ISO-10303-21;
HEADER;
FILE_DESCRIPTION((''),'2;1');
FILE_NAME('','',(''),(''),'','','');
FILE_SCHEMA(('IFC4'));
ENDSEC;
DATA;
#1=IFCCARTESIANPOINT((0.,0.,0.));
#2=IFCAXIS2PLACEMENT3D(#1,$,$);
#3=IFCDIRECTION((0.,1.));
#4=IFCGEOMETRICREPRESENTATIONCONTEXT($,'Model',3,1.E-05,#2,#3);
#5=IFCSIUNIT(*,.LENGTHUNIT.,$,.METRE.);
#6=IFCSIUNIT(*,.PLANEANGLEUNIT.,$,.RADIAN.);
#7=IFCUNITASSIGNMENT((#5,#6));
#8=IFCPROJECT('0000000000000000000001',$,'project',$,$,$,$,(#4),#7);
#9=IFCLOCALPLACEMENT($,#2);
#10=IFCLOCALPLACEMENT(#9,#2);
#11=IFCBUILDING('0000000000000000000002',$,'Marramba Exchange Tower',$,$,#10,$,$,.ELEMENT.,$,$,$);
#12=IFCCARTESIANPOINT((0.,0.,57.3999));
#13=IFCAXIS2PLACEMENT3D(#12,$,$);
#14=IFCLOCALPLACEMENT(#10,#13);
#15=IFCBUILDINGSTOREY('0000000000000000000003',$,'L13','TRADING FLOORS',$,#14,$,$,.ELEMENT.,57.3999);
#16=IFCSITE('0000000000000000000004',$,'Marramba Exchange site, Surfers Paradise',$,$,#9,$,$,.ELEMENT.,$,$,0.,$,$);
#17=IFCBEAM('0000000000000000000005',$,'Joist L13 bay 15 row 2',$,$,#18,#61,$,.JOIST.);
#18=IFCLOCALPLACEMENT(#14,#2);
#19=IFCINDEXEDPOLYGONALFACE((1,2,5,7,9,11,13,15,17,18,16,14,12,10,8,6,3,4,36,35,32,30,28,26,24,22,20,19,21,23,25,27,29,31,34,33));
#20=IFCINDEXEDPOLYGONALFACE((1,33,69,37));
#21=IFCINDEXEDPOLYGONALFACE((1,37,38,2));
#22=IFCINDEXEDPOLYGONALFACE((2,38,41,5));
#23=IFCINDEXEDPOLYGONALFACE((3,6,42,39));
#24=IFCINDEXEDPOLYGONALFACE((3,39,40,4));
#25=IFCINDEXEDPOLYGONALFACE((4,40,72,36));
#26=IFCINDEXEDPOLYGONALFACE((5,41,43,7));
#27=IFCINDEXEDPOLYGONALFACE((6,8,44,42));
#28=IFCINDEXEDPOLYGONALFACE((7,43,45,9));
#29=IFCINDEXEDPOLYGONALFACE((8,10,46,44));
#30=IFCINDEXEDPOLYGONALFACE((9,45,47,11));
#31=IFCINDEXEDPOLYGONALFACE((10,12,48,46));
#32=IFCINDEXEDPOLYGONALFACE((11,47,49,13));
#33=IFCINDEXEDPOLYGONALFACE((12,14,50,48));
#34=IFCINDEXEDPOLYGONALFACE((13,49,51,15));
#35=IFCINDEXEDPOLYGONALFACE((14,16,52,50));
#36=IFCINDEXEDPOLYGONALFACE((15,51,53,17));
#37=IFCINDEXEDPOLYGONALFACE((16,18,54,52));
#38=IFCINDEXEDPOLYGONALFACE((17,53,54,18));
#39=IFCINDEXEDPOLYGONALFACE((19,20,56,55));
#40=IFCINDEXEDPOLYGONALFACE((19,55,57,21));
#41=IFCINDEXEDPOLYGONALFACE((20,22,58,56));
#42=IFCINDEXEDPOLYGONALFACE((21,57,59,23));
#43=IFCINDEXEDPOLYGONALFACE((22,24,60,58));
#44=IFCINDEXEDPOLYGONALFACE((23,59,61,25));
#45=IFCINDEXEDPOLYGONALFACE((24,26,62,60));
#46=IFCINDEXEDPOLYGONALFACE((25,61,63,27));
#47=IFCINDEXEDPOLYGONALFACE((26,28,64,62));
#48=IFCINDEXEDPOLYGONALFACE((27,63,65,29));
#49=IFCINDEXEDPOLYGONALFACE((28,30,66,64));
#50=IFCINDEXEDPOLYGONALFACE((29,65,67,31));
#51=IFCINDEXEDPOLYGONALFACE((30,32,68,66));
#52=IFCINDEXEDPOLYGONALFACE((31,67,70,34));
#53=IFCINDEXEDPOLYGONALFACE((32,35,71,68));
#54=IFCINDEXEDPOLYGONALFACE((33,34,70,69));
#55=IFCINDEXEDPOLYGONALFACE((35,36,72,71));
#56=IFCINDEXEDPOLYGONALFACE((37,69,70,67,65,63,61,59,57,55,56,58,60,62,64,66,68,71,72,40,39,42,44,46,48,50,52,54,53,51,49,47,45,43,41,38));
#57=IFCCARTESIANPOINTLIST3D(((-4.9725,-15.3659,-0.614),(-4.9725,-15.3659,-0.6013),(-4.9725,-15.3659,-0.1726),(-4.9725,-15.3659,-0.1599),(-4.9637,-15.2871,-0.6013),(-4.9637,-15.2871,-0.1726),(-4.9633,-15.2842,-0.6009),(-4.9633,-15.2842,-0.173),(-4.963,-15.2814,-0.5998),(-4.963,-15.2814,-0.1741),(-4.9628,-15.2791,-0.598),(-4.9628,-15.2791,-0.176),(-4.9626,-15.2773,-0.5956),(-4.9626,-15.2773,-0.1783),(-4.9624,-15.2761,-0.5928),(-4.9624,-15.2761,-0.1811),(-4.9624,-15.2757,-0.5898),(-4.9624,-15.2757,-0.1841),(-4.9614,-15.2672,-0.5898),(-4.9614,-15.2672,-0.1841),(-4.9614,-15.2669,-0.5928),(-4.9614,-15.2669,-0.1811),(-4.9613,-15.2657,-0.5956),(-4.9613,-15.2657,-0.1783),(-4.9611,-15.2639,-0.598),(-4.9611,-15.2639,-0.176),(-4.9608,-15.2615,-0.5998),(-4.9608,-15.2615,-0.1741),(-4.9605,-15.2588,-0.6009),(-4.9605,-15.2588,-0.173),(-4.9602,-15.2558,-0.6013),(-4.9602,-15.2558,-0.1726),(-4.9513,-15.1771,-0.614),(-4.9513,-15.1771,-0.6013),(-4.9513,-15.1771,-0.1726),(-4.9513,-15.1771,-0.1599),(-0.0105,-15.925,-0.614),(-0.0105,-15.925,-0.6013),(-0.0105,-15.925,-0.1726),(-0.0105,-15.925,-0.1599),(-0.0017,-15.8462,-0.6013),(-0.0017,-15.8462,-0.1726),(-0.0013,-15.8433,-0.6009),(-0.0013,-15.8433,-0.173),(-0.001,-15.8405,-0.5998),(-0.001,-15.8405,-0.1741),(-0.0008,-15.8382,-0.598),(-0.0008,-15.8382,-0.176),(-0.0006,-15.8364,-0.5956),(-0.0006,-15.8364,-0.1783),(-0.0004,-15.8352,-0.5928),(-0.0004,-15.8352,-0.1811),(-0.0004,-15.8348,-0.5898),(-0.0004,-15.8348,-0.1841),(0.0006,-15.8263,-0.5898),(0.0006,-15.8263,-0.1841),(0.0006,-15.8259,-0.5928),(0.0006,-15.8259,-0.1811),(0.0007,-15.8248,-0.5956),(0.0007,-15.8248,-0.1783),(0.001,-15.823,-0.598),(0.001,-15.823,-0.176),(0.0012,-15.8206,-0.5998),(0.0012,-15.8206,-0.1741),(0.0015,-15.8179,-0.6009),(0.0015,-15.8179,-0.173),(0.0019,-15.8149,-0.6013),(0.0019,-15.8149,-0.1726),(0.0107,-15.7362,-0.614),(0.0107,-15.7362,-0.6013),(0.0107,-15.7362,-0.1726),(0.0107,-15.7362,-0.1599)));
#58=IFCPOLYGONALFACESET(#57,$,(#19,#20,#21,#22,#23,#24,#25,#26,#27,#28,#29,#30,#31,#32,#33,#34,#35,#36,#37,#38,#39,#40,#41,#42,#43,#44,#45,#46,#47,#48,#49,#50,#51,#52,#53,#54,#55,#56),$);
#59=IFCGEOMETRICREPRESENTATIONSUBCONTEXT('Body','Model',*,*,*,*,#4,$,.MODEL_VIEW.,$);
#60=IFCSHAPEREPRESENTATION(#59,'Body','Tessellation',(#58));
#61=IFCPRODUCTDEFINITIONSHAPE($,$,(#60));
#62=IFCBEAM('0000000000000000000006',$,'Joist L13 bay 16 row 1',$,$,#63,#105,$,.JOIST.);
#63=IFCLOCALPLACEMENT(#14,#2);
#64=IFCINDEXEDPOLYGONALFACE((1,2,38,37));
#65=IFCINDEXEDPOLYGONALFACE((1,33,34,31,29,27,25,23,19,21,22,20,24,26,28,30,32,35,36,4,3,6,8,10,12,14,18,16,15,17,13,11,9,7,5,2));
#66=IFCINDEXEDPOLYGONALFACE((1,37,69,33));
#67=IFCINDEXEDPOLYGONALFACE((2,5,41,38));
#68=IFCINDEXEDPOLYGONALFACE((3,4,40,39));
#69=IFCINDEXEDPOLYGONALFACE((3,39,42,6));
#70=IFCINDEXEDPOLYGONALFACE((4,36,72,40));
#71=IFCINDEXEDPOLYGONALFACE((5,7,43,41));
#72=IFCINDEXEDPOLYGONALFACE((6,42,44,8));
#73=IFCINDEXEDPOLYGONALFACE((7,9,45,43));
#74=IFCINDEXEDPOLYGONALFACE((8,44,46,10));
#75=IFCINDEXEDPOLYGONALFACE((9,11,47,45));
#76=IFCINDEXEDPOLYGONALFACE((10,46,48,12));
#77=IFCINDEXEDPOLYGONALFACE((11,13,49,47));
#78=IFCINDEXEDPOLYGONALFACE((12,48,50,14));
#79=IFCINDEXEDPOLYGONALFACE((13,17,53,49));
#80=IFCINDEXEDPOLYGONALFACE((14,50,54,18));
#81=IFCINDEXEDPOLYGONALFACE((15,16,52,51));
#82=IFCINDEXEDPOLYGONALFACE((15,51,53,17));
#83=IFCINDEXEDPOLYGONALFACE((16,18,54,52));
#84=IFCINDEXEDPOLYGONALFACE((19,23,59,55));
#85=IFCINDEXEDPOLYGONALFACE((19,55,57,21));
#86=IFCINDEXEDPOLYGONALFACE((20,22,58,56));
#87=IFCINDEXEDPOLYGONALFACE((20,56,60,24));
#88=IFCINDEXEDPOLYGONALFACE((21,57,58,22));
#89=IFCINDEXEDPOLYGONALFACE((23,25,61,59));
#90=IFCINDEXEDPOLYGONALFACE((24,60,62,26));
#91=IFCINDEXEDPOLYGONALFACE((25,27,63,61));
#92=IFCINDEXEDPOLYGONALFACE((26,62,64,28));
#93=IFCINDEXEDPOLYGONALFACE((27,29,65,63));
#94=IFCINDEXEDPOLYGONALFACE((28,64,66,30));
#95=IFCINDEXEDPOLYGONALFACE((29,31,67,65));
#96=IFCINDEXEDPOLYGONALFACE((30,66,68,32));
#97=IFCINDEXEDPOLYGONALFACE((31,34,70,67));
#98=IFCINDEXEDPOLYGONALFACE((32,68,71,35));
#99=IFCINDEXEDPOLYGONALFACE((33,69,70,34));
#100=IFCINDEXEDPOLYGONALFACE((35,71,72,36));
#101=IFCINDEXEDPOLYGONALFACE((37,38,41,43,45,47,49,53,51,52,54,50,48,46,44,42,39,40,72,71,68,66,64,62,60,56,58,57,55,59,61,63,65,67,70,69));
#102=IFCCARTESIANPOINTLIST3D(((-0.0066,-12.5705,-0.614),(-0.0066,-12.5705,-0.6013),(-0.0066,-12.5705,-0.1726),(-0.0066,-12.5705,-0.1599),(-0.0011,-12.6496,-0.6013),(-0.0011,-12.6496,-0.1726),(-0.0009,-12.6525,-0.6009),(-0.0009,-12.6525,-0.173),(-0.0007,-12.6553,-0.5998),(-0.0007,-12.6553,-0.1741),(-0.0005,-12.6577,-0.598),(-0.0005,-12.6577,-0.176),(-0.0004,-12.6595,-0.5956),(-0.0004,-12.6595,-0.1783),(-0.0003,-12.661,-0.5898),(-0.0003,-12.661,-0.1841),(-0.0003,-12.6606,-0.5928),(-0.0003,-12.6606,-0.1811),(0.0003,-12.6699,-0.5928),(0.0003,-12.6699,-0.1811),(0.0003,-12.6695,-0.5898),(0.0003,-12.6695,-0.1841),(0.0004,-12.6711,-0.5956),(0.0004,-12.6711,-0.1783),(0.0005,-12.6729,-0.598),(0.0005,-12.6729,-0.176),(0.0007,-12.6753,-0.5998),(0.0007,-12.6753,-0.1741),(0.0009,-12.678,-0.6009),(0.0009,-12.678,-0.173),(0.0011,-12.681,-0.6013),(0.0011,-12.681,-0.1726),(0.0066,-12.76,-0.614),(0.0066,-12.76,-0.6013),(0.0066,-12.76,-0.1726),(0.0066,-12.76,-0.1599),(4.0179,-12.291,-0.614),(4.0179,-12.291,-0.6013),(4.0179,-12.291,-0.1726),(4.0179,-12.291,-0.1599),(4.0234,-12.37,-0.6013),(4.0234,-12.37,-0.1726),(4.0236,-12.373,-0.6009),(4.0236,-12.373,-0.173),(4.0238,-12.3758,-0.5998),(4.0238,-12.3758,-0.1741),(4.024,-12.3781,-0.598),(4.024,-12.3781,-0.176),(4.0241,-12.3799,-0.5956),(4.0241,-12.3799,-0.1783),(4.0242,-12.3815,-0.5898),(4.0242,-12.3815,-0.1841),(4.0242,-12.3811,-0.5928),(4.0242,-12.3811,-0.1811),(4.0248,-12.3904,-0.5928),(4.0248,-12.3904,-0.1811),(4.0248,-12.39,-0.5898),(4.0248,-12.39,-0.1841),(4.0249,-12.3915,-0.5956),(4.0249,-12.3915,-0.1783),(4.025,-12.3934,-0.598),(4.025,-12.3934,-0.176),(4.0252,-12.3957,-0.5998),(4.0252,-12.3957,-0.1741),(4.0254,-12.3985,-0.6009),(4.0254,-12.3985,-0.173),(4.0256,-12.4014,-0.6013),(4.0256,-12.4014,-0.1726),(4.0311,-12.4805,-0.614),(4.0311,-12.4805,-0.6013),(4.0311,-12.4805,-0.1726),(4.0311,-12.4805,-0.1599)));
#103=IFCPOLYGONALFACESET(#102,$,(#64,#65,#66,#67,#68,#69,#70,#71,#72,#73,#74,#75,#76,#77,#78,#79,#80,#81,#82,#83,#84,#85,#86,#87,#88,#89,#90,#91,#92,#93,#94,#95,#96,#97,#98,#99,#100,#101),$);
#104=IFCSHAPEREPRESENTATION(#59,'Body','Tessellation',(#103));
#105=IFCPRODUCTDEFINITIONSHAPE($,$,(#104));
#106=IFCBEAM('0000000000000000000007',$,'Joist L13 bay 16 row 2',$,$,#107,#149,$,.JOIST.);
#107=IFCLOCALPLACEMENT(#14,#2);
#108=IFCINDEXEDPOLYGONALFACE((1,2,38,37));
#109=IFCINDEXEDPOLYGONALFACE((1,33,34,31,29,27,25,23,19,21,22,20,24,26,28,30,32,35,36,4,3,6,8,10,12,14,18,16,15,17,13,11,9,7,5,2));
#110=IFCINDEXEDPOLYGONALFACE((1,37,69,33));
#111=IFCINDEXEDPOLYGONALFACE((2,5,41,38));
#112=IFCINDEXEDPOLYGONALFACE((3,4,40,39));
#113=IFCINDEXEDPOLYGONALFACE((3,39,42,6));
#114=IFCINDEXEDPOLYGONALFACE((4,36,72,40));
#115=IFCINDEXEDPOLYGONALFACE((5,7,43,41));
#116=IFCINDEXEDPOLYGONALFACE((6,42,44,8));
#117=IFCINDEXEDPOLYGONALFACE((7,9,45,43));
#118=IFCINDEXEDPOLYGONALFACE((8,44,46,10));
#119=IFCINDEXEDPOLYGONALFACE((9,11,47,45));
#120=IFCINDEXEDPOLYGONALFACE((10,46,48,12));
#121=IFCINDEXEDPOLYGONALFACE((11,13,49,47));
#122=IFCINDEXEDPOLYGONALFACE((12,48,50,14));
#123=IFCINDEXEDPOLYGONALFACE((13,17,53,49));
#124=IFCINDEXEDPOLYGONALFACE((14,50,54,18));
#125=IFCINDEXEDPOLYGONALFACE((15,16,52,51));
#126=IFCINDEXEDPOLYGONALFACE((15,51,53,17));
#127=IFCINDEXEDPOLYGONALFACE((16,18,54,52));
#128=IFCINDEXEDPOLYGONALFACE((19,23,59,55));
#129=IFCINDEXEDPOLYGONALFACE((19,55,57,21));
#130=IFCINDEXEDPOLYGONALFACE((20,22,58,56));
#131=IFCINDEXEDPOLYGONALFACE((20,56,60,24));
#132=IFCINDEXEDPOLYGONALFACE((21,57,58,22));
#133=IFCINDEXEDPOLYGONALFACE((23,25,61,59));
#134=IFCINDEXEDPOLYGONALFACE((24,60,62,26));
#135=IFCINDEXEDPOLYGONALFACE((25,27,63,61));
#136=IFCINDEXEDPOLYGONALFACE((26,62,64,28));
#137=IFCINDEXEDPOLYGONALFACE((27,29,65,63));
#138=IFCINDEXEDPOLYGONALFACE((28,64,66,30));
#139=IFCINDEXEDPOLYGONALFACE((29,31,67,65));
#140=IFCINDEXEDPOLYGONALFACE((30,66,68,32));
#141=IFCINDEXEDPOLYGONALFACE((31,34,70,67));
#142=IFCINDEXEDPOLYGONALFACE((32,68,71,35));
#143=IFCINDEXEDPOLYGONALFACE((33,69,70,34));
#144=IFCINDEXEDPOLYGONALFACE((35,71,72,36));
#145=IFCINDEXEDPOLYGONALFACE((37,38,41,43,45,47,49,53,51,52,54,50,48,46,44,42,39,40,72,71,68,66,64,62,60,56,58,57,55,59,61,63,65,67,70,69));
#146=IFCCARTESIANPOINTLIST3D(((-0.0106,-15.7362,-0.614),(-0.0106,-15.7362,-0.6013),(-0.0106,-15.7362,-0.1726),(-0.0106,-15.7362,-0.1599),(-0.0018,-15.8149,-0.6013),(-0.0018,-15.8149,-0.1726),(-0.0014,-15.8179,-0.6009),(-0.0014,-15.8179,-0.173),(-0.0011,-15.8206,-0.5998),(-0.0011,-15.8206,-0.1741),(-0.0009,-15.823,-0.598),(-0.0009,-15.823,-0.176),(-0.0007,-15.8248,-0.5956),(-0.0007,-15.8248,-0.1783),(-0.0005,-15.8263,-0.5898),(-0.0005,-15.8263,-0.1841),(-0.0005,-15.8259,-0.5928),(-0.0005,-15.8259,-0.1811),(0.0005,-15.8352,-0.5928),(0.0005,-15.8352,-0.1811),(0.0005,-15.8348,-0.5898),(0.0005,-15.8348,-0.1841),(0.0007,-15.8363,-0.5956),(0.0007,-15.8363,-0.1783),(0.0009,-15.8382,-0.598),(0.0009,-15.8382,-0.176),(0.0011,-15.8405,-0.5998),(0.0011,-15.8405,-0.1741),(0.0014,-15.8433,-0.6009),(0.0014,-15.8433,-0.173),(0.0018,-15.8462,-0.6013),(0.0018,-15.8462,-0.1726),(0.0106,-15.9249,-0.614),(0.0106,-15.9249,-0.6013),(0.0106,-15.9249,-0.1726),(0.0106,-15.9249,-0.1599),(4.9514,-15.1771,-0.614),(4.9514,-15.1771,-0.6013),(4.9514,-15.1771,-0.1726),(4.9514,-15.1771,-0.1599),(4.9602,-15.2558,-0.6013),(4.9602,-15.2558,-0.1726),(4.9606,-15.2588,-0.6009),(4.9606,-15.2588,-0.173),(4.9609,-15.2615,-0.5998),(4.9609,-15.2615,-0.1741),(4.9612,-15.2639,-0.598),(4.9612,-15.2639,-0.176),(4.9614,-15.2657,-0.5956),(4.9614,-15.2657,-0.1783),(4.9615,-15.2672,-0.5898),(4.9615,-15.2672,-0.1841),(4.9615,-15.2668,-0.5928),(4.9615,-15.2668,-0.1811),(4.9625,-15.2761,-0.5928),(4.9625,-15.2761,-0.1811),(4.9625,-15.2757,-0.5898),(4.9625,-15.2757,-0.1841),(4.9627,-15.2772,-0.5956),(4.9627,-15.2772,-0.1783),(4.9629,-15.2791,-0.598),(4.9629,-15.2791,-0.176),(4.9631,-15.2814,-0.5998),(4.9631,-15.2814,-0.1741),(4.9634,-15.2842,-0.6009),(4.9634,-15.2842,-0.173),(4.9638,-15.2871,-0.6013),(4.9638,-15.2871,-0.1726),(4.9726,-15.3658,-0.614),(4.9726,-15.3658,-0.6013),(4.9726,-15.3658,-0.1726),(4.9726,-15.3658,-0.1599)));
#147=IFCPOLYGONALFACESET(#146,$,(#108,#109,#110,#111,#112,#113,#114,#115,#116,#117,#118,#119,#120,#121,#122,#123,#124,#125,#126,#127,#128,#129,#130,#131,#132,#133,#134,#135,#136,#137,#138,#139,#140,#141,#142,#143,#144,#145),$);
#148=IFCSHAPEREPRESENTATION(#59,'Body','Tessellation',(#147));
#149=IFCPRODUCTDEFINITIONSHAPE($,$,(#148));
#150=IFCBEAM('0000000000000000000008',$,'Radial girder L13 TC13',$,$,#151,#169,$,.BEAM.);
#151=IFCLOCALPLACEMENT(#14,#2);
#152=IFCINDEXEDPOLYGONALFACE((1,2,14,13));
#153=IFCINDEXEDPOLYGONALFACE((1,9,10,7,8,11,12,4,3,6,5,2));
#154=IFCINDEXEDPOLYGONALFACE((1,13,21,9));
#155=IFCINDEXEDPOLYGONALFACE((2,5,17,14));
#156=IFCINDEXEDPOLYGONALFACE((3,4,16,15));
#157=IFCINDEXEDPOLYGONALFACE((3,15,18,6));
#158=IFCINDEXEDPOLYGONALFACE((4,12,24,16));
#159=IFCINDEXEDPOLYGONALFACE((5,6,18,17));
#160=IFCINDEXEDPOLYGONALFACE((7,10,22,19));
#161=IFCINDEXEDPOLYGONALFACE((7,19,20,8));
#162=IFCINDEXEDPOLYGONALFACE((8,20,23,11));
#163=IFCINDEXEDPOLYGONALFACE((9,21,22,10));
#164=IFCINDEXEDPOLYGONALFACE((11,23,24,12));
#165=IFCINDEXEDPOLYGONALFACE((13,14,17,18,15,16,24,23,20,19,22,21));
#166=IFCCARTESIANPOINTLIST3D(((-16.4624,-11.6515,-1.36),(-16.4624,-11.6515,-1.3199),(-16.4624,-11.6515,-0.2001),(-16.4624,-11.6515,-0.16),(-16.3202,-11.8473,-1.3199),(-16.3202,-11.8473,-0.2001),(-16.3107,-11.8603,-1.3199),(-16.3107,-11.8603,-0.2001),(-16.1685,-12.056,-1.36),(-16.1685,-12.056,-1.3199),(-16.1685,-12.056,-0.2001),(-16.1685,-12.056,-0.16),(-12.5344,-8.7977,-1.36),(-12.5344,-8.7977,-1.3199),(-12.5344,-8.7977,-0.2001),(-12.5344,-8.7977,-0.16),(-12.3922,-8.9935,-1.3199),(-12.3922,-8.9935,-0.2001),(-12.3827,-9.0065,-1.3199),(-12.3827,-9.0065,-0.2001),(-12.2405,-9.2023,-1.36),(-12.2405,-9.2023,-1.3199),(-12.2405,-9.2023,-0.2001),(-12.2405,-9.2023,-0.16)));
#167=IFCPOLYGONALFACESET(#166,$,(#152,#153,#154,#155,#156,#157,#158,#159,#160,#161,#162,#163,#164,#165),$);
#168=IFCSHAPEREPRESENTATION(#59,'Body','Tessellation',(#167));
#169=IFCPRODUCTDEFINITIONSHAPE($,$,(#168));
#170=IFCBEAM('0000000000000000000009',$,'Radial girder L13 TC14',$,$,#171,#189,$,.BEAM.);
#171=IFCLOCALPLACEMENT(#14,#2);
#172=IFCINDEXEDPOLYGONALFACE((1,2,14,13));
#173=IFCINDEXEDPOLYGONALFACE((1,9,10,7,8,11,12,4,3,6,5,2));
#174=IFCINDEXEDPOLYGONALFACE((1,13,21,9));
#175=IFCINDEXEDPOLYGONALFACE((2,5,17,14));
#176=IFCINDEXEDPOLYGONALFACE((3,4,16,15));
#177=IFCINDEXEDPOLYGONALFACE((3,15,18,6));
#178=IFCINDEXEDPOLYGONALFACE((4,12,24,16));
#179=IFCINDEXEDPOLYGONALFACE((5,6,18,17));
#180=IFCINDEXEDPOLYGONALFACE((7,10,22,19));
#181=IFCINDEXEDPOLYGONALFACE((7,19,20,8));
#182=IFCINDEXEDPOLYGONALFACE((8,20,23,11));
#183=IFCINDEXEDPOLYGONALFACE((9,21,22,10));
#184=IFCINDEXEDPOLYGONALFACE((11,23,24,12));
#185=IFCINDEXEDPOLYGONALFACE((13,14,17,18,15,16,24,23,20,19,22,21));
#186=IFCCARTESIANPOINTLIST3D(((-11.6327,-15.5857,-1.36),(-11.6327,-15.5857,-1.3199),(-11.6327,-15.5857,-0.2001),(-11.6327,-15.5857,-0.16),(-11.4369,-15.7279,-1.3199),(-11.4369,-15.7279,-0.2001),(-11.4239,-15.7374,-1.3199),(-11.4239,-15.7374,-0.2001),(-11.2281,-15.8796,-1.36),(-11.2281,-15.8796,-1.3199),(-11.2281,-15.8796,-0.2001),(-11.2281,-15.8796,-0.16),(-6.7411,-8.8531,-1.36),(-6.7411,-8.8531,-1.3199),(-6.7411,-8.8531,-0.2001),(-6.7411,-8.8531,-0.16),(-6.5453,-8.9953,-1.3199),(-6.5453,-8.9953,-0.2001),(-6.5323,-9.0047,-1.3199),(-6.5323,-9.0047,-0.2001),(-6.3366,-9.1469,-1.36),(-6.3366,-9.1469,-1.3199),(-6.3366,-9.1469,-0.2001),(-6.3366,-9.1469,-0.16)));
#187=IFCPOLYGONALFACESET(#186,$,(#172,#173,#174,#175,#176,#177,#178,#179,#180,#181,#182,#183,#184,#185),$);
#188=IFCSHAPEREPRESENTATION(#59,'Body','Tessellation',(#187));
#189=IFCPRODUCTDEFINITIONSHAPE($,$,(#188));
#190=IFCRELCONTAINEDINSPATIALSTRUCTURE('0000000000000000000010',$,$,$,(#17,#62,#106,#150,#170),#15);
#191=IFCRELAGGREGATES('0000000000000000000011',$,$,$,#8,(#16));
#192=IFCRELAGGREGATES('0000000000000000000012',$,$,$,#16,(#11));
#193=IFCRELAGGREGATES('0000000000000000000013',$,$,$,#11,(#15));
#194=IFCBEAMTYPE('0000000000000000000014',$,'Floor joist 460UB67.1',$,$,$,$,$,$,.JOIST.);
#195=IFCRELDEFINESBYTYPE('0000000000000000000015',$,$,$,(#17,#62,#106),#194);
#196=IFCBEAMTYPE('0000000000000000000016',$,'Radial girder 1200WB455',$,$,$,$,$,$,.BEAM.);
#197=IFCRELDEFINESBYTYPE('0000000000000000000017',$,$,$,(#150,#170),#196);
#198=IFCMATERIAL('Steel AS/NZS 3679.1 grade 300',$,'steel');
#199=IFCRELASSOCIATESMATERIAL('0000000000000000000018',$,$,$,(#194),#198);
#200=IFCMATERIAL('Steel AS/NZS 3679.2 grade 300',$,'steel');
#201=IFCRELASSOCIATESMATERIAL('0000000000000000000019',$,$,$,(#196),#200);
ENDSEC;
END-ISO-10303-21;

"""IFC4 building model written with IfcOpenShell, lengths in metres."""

from ifc_helpers import new_model, si_unit, direction, frame, origin, origin_2d, place, context, subcontext, project, spatial, i_section, extrude, material, material_profile, profile_set, type_object, element, save


model = new_model("IFC4")

# Units and contexts
model_context = context("Model", 3, precision=1e-05, world=origin(), true_north=direction((0.0, 1.0)))
body_context = subcontext(model_context, "Body", "Model", "MODEL_VIEW")
ifc_project = project(units=[si_unit("LENGTHUNIT", "METRE"), si_unit("PLANEANGLEUNIT", "RADIAN")], contexts=[model_context])

# Site, building, storey
site_placement = place(None, origin())
site = spatial("IfcSite", under=ifc_project, at=site_placement, Name="Marramba Exchange site, Surfers Paradise", CompositionType="ELEMENT", RefElevation=0.0)
building_placement = place(site_placement, origin())
building = spatial("IfcBuilding", under=site, at=building_placement, Name="Marramba Exchange Tower", CompositionType="ELEMENT")
storey_placement = place(building_placement, frame((0.0, 0.0, 57.3999)))
storey = spatial("IfcBuildingStorey", under=building, at=storey_placement, Name="L13", Description="TRADING FLOORS", CompositionType="ELEMENT", Elevation=57.3999)

# Beams
ifc_material_1 = material(Name="Steel AS/NZS 3679.2 grade 300", Category="steel")
ifc_material_2 = material(Name="Steel AS/NZS 3679.1 grade 300", Category="steel")
ifc_material_profile_1 = material_profile(ifc_material_2, i_section(OverallWidth=0.1899, OverallDepth=0.4541, WebThickness=0.0085, FlangeThickness=0.0127, FilletRadius=0.0115, at=origin_2d()), Name="460UB67.1")
ifc_profile_set_1 = profile_set([ifc_material_profile_1], Name="Steel AS/NZS 3679.1 grade 300")
beam_type_1 = type_object("IfcBeamType", Name="Floor joist 460UB67.1", PredefinedType="JOIST", material=ifc_profile_set_1)
beam_1_placement = place(storey_placement, frame((-4.9619, -15.2715, -0.387), z_axis=(0.993712, -0.111966, 0.0), x_axis=(0.111966, 0.993712, 0.0)))
element("IfcBeam", 1, at=beam_1_placement, inside=storey, type_object=beam_type_1, Name="Joist L13 bay 15 row 2", PredefinedType="JOIST", context=body_context, shape_type="SweptSolid", body=[
    extrude(i_section(OverallWidth=0.1899, OverallDepth=0.4541, WebThickness=0.0085, FlangeThickness=0.0127, FilletRadius=0.0115, at=origin_2d()), origin(), (0.0, 0.0, 1.0), 4.9934),
])
beam_2_placement = place(storey_placement, frame((0.0, -12.6653, -0.387), z_axis=(0.997596, 0.069294, 0.0), x_axis=(-0.069294, 0.997596, 0.0)))
element("IfcBeam", 2, at=beam_2_placement, inside=storey, type_object=beam_type_1, Name="Joist L13 bay 16 row 1", PredefinedType="JOIST", context=body_context, shape_type="SweptSolid", body=[
    extrude(i_section(OverallWidth=0.1899, OverallDepth=0.4541, WebThickness=0.0085, FlangeThickness=0.0127, FilletRadius=0.0115, at=origin_2d()), origin(), (0.0, 0.0, 1.0), 4.0342),
])
beam_3_placement = place(storey_placement, frame((0.0, -15.8306, -0.387), z_axis=(0.993712, 0.111966, 0.0), x_axis=(-0.111966, 0.993712, 0.0)))
element("IfcBeam", 3, at=beam_3_placement, inside=storey, type_object=beam_type_1, Name="Joist L13 bay 16 row 2", PredefinedType="JOIST", context=body_context, shape_type="SweptSolid", body=[
    extrude(i_section(OverallWidth=0.1899, OverallDepth=0.4541, WebThickness=0.0085, FlangeThickness=0.0127, FilletRadius=0.0115, at=origin_2d()), origin(), (0.0, 0.0, 1.0), 4.9934),
])
ifc_material_profile_2 = material_profile(ifc_material_1, i_section(OverallWidth=0.5, OverallDepth=1.2, WebThickness=0.0161, FlangeThickness=0.04, at=origin_2d()), Name="1200WB455")
ifc_profile_set_2 = profile_set([ifc_material_profile_2], Name="Steel AS/NZS 3679.2 grade 300")
beam_type_2 = type_object("IfcBeamType", Name="Radial girder 1200WB455", PredefinedType="BEAM", material=ifc_profile_set_2)
beam_4_placement = place(storey_placement, frame((-12.3875, -9.0, -0.76), z_axis=(-0.809025, -0.587774, 0.0), x_axis=(0.587774, -0.809025, 0.0)))
element("IfcBeam", 4, at=beam_4_placement, inside=storey, type_object=beam_type_2, Name="Radial girder L13 TC13", PredefinedType="BEAM", context=body_context, shape_type="SweptSolid", body=[
    extrude(i_section(OverallWidth=0.5, OverallDepth=1.2, WebThickness=0.0161, FlangeThickness=0.04, at=origin_2d()), origin(), (0.0, 0.0, 1.0), 4.8552),
])
beam_5_placement = place(storey_placement, frame((-6.5388, -9.0, -0.76), z_axis=(-0.587788, -0.809015, 0.0), x_axis=(0.809015, -0.587788, 0.0)))
element("IfcBeam", 5, at=beam_5_placement, inside=storey, type_object=beam_type_2, Name="Radial girder L13 TC14", PredefinedType="BEAM", context=body_context, shape_type="SweptSolid", body=[
    extrude(i_section(OverallWidth=0.5, OverallDepth=1.2, WebThickness=0.0161, FlangeThickness=0.04, at=origin_2d()), origin(), (0.0, 0.0, 1.0), 8.322),
])

save(model, "model.ifc")
